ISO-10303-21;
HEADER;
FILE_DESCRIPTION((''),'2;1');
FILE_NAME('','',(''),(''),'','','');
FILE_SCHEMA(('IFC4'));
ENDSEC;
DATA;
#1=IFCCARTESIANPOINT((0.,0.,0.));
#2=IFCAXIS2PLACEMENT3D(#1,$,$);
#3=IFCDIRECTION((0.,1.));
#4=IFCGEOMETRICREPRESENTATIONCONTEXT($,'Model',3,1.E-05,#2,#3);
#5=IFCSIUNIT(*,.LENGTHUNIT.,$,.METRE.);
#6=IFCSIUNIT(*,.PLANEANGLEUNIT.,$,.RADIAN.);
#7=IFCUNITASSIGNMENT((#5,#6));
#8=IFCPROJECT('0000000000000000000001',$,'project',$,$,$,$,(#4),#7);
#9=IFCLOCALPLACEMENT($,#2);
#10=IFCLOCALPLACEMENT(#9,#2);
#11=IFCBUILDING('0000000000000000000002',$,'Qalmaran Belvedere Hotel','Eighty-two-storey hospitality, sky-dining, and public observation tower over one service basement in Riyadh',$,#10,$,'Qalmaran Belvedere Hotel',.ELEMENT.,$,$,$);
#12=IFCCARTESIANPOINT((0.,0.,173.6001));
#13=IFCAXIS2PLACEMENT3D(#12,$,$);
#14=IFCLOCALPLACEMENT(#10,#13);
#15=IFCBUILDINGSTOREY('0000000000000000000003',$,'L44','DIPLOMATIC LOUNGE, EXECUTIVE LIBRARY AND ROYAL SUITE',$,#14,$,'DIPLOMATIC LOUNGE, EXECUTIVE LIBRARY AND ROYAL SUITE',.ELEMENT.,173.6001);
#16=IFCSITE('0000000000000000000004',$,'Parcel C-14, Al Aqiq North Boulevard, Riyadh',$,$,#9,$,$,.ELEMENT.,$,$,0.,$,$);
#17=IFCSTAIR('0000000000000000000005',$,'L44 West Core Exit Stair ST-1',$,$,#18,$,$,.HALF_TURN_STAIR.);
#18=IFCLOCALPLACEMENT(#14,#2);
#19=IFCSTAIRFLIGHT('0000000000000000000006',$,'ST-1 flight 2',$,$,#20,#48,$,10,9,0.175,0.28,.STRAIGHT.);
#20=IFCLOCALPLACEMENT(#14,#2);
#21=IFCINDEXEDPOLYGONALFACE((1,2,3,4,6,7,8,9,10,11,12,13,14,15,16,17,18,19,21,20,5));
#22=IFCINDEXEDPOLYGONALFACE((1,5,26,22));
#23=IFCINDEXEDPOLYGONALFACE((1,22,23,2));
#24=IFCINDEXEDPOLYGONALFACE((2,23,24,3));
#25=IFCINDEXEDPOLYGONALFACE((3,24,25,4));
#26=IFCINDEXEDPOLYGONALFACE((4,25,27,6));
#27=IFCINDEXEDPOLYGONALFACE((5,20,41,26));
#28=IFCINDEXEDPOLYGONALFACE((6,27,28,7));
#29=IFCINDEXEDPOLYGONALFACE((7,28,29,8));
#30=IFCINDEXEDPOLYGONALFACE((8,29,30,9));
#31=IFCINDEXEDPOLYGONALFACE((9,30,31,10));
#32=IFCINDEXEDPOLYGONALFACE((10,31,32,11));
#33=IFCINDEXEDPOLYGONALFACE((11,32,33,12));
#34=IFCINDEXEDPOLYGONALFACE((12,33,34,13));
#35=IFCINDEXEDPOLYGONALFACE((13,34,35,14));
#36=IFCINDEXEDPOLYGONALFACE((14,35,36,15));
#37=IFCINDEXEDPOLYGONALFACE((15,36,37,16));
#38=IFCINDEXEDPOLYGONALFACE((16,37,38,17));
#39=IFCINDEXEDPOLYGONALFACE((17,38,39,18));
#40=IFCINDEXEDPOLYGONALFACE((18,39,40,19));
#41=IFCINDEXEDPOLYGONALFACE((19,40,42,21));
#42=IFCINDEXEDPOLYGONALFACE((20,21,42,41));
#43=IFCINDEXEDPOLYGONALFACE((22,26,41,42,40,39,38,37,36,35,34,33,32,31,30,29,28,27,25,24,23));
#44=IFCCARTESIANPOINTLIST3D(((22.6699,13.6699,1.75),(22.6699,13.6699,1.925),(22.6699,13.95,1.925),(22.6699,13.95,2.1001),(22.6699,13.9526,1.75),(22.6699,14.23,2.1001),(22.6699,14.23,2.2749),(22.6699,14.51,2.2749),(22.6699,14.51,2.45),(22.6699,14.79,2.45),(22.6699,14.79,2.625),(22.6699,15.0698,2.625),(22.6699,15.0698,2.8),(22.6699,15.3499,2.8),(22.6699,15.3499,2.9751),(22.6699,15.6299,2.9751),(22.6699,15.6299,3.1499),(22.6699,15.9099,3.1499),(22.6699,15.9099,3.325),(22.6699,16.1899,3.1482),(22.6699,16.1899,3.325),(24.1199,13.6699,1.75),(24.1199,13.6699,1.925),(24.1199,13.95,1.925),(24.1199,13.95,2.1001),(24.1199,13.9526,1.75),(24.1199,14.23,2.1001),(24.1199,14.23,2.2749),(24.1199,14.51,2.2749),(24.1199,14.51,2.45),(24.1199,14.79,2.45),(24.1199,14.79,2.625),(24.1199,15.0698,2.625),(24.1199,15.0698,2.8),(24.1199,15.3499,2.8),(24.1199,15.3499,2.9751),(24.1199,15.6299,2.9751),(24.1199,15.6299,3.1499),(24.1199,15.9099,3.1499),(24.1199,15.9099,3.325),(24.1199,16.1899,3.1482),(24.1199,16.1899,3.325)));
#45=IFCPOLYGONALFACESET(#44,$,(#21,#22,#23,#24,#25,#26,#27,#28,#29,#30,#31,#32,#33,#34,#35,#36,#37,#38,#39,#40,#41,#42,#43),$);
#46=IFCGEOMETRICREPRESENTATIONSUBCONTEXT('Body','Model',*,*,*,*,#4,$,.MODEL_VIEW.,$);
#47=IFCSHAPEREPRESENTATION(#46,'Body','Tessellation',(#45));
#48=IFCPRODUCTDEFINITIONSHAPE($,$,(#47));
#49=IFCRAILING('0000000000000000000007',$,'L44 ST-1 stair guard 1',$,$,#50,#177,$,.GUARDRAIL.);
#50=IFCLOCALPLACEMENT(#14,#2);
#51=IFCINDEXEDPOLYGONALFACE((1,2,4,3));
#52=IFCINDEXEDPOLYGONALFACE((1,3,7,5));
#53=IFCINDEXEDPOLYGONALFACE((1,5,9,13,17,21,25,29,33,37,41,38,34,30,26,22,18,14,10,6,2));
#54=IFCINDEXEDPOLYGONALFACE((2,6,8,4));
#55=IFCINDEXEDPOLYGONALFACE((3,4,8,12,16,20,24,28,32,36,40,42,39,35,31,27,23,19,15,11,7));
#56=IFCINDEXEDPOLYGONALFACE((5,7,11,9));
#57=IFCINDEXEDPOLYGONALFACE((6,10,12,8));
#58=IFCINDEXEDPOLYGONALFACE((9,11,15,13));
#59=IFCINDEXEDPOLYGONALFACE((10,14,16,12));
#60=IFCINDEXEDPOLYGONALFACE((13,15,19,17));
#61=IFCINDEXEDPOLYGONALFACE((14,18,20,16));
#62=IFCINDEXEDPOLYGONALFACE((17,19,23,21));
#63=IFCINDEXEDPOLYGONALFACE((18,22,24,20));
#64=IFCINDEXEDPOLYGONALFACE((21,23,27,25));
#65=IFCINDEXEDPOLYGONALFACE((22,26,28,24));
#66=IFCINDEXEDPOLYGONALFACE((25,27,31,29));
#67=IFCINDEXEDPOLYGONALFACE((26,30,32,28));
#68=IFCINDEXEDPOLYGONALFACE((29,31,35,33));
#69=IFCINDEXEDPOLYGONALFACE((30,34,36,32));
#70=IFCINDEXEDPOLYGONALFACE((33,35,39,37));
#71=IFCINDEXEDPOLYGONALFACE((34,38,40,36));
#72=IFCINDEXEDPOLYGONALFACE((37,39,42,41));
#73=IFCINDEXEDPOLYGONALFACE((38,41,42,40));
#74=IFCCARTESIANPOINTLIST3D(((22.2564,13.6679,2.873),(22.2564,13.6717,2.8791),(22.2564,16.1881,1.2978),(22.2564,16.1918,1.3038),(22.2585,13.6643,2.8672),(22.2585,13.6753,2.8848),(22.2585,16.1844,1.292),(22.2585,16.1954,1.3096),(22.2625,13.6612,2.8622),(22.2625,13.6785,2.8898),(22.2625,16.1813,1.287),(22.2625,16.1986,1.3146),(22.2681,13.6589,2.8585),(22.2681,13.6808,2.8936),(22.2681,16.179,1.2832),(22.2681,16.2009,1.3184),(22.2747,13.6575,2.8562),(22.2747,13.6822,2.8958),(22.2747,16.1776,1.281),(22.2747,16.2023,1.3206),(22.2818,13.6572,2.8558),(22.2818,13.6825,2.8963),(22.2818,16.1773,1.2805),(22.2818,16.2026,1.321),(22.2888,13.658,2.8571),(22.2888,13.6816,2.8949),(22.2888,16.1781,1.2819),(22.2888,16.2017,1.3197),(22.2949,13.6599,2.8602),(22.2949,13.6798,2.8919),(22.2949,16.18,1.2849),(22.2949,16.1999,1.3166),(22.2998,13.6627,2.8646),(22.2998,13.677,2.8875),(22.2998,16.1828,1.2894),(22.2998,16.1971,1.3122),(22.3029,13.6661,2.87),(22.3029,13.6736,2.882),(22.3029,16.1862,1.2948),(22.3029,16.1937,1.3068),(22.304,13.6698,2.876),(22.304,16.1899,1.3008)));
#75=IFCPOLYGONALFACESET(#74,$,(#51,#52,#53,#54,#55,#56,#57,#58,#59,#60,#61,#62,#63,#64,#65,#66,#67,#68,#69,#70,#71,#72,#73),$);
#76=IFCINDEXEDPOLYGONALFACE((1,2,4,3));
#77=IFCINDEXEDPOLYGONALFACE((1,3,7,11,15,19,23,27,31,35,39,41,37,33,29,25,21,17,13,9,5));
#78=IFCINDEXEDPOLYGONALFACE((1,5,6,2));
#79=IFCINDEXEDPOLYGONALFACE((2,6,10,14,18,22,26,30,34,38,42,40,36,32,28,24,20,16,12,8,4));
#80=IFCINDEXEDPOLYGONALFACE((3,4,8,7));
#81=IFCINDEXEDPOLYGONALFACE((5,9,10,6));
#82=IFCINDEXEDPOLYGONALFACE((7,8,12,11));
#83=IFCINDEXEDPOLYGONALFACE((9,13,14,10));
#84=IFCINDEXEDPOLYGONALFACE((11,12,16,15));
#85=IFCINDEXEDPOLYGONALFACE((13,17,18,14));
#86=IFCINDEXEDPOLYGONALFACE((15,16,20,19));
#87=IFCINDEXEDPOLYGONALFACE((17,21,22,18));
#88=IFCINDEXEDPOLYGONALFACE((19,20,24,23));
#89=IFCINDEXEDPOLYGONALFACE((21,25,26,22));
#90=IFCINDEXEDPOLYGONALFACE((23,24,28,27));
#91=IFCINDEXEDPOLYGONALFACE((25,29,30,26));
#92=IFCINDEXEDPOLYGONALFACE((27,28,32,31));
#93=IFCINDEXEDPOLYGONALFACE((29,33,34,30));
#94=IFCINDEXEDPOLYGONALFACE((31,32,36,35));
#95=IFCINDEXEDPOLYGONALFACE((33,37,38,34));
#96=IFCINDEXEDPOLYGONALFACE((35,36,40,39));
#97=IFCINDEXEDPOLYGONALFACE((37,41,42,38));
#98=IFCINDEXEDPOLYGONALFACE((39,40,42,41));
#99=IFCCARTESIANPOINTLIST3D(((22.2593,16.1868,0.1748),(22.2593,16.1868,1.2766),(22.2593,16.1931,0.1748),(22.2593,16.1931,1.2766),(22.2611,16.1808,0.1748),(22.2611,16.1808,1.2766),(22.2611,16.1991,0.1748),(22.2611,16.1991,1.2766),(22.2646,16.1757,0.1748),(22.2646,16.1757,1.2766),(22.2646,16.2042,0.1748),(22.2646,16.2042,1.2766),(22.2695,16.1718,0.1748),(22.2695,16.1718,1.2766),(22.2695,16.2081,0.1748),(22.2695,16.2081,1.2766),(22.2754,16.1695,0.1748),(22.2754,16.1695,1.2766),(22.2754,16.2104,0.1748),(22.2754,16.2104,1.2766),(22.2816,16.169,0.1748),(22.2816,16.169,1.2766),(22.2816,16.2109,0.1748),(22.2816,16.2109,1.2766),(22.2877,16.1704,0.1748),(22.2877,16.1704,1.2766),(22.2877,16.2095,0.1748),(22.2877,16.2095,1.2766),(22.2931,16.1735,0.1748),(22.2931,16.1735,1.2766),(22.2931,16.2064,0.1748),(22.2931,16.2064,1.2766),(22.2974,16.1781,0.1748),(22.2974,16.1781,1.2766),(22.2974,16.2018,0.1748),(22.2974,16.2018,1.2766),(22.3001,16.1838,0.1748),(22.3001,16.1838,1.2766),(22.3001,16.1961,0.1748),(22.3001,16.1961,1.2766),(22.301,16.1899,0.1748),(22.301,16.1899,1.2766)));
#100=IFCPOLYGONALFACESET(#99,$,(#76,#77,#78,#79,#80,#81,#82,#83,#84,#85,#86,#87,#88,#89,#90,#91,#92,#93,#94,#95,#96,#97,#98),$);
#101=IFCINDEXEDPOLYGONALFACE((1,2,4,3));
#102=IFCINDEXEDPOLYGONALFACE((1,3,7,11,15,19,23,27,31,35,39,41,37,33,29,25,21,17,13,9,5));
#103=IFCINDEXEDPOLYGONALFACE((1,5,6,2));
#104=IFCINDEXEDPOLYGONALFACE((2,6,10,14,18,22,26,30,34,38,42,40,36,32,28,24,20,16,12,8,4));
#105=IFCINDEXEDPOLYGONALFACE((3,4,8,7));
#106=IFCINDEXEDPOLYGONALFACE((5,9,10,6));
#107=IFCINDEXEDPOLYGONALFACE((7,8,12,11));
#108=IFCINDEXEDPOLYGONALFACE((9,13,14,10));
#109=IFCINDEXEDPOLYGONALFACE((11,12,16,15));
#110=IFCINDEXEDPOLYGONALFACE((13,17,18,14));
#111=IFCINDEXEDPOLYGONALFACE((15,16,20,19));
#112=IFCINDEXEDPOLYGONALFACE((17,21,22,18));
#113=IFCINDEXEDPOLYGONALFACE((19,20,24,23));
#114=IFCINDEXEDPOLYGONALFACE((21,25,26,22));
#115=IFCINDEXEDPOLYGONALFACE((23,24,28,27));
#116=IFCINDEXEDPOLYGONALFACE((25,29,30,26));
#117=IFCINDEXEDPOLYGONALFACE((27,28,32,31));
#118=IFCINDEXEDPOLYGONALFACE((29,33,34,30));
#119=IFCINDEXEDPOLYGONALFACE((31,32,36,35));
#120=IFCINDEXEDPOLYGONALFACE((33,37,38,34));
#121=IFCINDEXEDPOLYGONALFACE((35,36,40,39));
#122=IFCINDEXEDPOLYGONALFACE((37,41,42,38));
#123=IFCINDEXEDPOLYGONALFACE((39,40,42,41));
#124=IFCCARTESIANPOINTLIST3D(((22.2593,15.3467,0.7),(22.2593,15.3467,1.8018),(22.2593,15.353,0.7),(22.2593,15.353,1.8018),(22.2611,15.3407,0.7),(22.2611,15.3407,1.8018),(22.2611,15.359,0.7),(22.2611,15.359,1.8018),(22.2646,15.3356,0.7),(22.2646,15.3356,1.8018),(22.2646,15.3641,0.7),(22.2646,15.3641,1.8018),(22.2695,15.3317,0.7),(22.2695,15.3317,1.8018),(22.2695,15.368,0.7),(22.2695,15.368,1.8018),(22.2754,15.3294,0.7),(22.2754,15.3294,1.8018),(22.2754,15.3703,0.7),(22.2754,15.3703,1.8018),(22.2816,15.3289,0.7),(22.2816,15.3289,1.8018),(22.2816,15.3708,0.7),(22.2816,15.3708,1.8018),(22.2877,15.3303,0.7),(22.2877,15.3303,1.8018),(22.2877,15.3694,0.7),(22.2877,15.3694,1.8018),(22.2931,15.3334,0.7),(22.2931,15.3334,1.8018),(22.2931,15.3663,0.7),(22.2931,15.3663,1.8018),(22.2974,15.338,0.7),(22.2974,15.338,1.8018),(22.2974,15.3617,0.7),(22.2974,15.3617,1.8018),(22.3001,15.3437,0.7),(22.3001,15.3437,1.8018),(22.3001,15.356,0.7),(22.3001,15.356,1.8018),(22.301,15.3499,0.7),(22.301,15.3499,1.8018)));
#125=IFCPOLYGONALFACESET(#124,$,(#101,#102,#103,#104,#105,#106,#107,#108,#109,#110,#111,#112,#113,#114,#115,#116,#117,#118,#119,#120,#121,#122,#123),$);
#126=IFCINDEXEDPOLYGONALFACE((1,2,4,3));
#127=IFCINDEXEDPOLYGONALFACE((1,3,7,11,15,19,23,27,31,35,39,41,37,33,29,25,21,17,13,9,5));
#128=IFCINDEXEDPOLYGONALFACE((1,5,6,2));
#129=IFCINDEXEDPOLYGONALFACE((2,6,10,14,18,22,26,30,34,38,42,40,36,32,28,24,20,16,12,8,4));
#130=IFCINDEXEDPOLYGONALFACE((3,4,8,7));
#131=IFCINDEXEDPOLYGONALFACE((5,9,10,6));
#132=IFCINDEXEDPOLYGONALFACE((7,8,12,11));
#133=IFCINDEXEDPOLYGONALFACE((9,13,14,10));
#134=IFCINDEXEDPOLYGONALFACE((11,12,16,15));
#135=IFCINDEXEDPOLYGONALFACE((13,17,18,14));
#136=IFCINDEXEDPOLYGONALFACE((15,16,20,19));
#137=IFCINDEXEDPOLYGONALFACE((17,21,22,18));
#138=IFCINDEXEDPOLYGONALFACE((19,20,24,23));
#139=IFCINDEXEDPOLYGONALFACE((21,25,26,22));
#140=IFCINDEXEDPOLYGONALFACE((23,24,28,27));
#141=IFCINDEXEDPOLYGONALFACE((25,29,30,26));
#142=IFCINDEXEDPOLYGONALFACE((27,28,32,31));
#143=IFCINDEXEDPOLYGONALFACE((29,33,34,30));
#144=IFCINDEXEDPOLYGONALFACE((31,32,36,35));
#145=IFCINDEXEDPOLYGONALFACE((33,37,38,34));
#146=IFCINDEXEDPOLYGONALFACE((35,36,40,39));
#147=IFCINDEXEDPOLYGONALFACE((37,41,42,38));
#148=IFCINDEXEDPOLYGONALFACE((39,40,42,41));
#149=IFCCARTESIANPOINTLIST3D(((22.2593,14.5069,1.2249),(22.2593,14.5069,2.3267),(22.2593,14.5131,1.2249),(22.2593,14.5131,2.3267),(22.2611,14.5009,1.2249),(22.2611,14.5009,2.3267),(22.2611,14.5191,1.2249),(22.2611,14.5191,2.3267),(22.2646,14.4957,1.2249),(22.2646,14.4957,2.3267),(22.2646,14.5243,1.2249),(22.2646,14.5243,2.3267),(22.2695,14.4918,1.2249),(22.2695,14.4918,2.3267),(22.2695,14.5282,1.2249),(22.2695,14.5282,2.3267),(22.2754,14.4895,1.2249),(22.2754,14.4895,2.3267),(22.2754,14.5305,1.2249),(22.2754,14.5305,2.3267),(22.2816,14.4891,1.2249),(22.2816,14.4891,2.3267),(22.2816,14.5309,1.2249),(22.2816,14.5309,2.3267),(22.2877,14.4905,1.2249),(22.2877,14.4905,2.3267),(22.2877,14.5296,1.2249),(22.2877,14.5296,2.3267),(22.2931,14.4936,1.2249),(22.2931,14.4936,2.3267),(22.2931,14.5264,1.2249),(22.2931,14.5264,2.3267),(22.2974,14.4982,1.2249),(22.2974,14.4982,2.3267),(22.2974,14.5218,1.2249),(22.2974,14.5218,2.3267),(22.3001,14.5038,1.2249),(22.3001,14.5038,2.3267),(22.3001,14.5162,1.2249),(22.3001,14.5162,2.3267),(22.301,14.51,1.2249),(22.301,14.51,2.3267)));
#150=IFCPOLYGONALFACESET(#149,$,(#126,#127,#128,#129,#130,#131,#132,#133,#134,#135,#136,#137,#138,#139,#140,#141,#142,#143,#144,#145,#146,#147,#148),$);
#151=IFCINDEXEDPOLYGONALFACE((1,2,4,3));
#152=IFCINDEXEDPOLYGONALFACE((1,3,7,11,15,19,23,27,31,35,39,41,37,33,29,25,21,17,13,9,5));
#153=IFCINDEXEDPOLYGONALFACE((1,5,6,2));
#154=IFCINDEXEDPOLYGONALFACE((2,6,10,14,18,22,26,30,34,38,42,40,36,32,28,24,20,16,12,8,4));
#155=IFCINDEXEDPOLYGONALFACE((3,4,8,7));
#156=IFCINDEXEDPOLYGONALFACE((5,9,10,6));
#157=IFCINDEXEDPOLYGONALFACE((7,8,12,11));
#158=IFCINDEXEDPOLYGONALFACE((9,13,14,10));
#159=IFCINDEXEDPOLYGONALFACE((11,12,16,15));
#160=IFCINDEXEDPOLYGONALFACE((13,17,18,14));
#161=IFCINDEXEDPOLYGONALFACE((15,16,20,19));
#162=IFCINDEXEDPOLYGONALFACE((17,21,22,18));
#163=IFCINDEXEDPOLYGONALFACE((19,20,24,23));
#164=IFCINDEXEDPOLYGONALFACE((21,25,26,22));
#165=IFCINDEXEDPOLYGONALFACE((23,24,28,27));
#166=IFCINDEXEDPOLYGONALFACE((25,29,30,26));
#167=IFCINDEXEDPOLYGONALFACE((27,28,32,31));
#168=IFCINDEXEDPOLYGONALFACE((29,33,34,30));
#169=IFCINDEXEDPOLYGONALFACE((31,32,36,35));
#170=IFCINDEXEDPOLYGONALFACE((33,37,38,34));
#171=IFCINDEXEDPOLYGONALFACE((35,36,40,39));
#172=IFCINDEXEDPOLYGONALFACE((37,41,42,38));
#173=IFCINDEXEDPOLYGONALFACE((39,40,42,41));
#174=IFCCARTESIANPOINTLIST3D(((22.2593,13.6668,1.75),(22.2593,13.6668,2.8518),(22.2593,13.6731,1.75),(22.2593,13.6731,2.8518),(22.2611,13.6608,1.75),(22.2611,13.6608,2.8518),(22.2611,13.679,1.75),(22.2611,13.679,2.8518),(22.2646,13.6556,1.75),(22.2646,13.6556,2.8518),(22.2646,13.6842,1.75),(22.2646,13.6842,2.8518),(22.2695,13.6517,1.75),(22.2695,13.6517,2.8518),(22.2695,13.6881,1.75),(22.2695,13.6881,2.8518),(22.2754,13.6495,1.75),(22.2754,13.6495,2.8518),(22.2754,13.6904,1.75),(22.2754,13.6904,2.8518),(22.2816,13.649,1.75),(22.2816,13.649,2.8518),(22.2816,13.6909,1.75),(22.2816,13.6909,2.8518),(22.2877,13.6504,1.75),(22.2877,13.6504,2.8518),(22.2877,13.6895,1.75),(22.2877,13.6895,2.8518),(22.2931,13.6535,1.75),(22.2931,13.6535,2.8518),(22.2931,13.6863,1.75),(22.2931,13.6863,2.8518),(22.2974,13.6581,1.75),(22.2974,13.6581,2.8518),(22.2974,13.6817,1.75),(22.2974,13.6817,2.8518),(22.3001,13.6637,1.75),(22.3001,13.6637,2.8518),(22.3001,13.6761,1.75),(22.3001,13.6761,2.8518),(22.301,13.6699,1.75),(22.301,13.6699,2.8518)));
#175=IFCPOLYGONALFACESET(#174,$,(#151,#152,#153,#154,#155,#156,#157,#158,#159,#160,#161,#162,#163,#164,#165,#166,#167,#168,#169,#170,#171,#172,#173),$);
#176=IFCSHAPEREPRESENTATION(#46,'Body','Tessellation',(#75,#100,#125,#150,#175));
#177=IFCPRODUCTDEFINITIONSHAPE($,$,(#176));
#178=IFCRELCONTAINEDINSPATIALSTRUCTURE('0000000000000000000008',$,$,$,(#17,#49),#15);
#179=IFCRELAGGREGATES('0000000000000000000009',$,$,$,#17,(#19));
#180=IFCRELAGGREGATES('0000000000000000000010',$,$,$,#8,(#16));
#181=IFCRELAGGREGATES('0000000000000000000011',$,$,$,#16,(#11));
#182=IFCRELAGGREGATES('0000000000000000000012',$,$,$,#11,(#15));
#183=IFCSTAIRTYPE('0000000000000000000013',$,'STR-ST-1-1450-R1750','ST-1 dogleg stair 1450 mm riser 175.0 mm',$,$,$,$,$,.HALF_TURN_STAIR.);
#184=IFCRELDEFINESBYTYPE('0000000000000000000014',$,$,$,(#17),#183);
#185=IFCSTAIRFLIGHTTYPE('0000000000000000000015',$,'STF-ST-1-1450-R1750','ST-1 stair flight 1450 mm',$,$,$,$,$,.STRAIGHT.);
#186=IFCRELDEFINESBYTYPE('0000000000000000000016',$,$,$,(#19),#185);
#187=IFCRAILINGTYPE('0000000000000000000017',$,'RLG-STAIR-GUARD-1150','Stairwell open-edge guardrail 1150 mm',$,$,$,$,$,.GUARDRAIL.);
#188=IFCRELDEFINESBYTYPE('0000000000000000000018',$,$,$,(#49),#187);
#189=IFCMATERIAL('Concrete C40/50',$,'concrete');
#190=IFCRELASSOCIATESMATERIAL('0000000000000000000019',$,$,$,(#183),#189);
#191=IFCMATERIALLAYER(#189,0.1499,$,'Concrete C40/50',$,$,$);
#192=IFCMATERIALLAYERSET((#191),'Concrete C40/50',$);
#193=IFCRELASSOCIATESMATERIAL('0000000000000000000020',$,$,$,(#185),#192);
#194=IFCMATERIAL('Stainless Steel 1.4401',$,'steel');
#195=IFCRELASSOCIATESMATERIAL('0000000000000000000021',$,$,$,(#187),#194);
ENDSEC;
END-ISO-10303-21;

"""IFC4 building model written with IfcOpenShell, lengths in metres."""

from ifc_helpers import new_model, si_unit, direction, frame, origin, origin_2d, place, context, subcontext, project, spatial, polyline, circle, outline, extrude, material, layer, layer_set, type_object, element, aggregate, save


model = new_model("IFC4")

# Units and contexts
model_context = context("Model", 3, precision=1e-05, world=origin(), true_north=direction((0.0, 1.0)))
body_context = subcontext(model_context, "Body", "Model", "MODEL_VIEW")
ifc_project = project(units=[si_unit("LENGTHUNIT", "METRE"), si_unit("PLANEANGLEUNIT", "RADIAN")], contexts=[model_context])

# Site, building, storey
site_placement = place(None, origin())
site = spatial("IfcSite", under=ifc_project, at=site_placement, Name="Parcel C-14, Al Aqiq North Boulevard, Riyadh", CompositionType="ELEMENT", RefElevation=0.0)
building_placement = place(site_placement, origin())
building = spatial("IfcBuilding", under=site, at=building_placement, Name="Qalmaran Belvedere Hotel", Description="Eighty-two-storey hospitality, sky-dining, and public observation tower over one service basement in Riyadh", LongName="Qalmaran Belvedere Hotel", CompositionType="ELEMENT")
storey_placement = place(building_placement, frame((0.0, 0.0, 173.6001)))
storey = spatial("IfcBuildingStorey", under=building, at=storey_placement, Name="L44", Description="DIPLOMATIC LOUNGE, EXECUTIVE LIBRARY AND ROYAL SUITE", LongName="DIPLOMATIC LOUNGE, EXECUTIVE LIBRARY AND ROYAL SUITE", CompositionType="ELEMENT", Elevation=173.6001)

# Shared definitions
ifc_material_1 = material(Name="Stainless Steel 1.4401", Category="steel")

# Stair, stair flight
ifc_material_2 = material(Name="Concrete C40/50", Category="concrete")
stair_type = type_object("IfcStairType", Name="STR-ST-1-1450-R1750", Description="ST-1 dogleg stair 1450 mm riser 175.0 mm", PredefinedType="HALF_TURN_STAIR", material=ifc_material_2)
stair_placement = place(storey_placement, origin())
stair = element("IfcStair", 1, at=stair_placement, inside=storey, type_object=stair_type, Name="L44 West Core Exit Stair ST-1", PredefinedType="HALF_TURN_STAIR")
ifc_layer_1 = layer(ifc_material_2, 0.1499, Name="Concrete C40/50")
ifc_layer_set_1 = layer_set([ifc_layer_1], Name="Concrete C40/50")
stair_flight_type = type_object("IfcStairFlightType", Name="STF-ST-1-1450-R1750", Description="ST-1 stair flight 1450 mm", PredefinedType="STRAIGHT", material=ifc_layer_set_1)
stair_flight_1_placement = place(storey_placement, frame((23.395, 13.6699, 1.75), z_axis=(0.0, 0.0, 1.0), x_axis=(0.0, 1.0, 0.0)))
stair_flight_1 = element("IfcStairFlight", 2, at=stair_flight_1_placement, type_object=stair_flight_type, Name="ST-1 flight 2", NumberOfRisers=10, NumberOfTreads=9, PredefinedType="STRAIGHT", RiserHeight=0.175, TreadLength=0.28, context=body_context, shape_type="SweptSolid", body=[
    extrude(outline(polyline([(0.0, 0.0), (0.0, 0.175), (0.28, 0.175), (0.28, 0.3501), (0.5601, 0.3501), (0.5601, 0.5249), (0.8401, 0.5249), (0.8401, 0.7), (1.1201, 0.7), (1.1201, 0.875), (1.3999, 0.875), (1.3999, 1.05), (1.6799, 1.05), (1.6799, 1.2251), (1.96, 1.2251), (1.96, 1.3999), (2.24, 1.3999), (2.24, 1.575), (2.52, 1.575), (2.52, 1.75), (2.52, 1.3982), (0.2827, 0.0), (0.0, 0.0)])), frame((0.0, 0.7251, 0.0), z_axis=(0.0, -1.0, 0.0), x_axis=(1.0, 0.0, 0.0)), (0.0, 0.0, 1.0), 1.45),
])
aggregate(stair, [stair_flight_1])

# Railing
railing_type_1 = type_object("IfcRailingType", Name="RLG-STAIR-GUARD-1150", Description="Stairwell open-edge guardrail 1150 mm", PredefinedType="GUARDRAIL", material=ifc_material_1)
railing_1_placement = place(storey_placement, frame((22.28, 16.1899, 0.1748)))
element("IfcRailing", 3, at=railing_1_placement, inside=storey, type_object=railing_type_1, Name="L44 ST-1 stair guard 1", PredefinedType="GUARDRAIL", context=body_context, shape_type="SweptSolid", body=[
    extrude(circle(Radius=0.0239, at=origin_2d()), frame((0.0, 0.0, 1.126), z_axis=(0.0, -0.847971, 0.530043), x_axis=(1.0, 0.0, 0.0)), (0.0, 0.0, 1.0), 2.9719),
    extrude(circle(Radius=0.021, at=origin_2d()), origin(), (0.0, 0.0, 1.0), 1.1018),
    extrude(circle(Radius=0.021, at=origin_2d()), frame((0.0, -0.8401, 0.5251)), (0.0, 0.0, 1.0), 1.1018),
    extrude(circle(Radius=0.021, at=origin_2d()), frame((0.0, -1.6799, 1.05)), (0.0, 0.0, 1.0), 1.1018),
    extrude(circle(Radius=0.021, at=origin_2d()), frame((0.0, -2.52, 1.5752)), (0.0, 0.0, 1.0), 1.1018),
])

save(model, "model.ifc")
